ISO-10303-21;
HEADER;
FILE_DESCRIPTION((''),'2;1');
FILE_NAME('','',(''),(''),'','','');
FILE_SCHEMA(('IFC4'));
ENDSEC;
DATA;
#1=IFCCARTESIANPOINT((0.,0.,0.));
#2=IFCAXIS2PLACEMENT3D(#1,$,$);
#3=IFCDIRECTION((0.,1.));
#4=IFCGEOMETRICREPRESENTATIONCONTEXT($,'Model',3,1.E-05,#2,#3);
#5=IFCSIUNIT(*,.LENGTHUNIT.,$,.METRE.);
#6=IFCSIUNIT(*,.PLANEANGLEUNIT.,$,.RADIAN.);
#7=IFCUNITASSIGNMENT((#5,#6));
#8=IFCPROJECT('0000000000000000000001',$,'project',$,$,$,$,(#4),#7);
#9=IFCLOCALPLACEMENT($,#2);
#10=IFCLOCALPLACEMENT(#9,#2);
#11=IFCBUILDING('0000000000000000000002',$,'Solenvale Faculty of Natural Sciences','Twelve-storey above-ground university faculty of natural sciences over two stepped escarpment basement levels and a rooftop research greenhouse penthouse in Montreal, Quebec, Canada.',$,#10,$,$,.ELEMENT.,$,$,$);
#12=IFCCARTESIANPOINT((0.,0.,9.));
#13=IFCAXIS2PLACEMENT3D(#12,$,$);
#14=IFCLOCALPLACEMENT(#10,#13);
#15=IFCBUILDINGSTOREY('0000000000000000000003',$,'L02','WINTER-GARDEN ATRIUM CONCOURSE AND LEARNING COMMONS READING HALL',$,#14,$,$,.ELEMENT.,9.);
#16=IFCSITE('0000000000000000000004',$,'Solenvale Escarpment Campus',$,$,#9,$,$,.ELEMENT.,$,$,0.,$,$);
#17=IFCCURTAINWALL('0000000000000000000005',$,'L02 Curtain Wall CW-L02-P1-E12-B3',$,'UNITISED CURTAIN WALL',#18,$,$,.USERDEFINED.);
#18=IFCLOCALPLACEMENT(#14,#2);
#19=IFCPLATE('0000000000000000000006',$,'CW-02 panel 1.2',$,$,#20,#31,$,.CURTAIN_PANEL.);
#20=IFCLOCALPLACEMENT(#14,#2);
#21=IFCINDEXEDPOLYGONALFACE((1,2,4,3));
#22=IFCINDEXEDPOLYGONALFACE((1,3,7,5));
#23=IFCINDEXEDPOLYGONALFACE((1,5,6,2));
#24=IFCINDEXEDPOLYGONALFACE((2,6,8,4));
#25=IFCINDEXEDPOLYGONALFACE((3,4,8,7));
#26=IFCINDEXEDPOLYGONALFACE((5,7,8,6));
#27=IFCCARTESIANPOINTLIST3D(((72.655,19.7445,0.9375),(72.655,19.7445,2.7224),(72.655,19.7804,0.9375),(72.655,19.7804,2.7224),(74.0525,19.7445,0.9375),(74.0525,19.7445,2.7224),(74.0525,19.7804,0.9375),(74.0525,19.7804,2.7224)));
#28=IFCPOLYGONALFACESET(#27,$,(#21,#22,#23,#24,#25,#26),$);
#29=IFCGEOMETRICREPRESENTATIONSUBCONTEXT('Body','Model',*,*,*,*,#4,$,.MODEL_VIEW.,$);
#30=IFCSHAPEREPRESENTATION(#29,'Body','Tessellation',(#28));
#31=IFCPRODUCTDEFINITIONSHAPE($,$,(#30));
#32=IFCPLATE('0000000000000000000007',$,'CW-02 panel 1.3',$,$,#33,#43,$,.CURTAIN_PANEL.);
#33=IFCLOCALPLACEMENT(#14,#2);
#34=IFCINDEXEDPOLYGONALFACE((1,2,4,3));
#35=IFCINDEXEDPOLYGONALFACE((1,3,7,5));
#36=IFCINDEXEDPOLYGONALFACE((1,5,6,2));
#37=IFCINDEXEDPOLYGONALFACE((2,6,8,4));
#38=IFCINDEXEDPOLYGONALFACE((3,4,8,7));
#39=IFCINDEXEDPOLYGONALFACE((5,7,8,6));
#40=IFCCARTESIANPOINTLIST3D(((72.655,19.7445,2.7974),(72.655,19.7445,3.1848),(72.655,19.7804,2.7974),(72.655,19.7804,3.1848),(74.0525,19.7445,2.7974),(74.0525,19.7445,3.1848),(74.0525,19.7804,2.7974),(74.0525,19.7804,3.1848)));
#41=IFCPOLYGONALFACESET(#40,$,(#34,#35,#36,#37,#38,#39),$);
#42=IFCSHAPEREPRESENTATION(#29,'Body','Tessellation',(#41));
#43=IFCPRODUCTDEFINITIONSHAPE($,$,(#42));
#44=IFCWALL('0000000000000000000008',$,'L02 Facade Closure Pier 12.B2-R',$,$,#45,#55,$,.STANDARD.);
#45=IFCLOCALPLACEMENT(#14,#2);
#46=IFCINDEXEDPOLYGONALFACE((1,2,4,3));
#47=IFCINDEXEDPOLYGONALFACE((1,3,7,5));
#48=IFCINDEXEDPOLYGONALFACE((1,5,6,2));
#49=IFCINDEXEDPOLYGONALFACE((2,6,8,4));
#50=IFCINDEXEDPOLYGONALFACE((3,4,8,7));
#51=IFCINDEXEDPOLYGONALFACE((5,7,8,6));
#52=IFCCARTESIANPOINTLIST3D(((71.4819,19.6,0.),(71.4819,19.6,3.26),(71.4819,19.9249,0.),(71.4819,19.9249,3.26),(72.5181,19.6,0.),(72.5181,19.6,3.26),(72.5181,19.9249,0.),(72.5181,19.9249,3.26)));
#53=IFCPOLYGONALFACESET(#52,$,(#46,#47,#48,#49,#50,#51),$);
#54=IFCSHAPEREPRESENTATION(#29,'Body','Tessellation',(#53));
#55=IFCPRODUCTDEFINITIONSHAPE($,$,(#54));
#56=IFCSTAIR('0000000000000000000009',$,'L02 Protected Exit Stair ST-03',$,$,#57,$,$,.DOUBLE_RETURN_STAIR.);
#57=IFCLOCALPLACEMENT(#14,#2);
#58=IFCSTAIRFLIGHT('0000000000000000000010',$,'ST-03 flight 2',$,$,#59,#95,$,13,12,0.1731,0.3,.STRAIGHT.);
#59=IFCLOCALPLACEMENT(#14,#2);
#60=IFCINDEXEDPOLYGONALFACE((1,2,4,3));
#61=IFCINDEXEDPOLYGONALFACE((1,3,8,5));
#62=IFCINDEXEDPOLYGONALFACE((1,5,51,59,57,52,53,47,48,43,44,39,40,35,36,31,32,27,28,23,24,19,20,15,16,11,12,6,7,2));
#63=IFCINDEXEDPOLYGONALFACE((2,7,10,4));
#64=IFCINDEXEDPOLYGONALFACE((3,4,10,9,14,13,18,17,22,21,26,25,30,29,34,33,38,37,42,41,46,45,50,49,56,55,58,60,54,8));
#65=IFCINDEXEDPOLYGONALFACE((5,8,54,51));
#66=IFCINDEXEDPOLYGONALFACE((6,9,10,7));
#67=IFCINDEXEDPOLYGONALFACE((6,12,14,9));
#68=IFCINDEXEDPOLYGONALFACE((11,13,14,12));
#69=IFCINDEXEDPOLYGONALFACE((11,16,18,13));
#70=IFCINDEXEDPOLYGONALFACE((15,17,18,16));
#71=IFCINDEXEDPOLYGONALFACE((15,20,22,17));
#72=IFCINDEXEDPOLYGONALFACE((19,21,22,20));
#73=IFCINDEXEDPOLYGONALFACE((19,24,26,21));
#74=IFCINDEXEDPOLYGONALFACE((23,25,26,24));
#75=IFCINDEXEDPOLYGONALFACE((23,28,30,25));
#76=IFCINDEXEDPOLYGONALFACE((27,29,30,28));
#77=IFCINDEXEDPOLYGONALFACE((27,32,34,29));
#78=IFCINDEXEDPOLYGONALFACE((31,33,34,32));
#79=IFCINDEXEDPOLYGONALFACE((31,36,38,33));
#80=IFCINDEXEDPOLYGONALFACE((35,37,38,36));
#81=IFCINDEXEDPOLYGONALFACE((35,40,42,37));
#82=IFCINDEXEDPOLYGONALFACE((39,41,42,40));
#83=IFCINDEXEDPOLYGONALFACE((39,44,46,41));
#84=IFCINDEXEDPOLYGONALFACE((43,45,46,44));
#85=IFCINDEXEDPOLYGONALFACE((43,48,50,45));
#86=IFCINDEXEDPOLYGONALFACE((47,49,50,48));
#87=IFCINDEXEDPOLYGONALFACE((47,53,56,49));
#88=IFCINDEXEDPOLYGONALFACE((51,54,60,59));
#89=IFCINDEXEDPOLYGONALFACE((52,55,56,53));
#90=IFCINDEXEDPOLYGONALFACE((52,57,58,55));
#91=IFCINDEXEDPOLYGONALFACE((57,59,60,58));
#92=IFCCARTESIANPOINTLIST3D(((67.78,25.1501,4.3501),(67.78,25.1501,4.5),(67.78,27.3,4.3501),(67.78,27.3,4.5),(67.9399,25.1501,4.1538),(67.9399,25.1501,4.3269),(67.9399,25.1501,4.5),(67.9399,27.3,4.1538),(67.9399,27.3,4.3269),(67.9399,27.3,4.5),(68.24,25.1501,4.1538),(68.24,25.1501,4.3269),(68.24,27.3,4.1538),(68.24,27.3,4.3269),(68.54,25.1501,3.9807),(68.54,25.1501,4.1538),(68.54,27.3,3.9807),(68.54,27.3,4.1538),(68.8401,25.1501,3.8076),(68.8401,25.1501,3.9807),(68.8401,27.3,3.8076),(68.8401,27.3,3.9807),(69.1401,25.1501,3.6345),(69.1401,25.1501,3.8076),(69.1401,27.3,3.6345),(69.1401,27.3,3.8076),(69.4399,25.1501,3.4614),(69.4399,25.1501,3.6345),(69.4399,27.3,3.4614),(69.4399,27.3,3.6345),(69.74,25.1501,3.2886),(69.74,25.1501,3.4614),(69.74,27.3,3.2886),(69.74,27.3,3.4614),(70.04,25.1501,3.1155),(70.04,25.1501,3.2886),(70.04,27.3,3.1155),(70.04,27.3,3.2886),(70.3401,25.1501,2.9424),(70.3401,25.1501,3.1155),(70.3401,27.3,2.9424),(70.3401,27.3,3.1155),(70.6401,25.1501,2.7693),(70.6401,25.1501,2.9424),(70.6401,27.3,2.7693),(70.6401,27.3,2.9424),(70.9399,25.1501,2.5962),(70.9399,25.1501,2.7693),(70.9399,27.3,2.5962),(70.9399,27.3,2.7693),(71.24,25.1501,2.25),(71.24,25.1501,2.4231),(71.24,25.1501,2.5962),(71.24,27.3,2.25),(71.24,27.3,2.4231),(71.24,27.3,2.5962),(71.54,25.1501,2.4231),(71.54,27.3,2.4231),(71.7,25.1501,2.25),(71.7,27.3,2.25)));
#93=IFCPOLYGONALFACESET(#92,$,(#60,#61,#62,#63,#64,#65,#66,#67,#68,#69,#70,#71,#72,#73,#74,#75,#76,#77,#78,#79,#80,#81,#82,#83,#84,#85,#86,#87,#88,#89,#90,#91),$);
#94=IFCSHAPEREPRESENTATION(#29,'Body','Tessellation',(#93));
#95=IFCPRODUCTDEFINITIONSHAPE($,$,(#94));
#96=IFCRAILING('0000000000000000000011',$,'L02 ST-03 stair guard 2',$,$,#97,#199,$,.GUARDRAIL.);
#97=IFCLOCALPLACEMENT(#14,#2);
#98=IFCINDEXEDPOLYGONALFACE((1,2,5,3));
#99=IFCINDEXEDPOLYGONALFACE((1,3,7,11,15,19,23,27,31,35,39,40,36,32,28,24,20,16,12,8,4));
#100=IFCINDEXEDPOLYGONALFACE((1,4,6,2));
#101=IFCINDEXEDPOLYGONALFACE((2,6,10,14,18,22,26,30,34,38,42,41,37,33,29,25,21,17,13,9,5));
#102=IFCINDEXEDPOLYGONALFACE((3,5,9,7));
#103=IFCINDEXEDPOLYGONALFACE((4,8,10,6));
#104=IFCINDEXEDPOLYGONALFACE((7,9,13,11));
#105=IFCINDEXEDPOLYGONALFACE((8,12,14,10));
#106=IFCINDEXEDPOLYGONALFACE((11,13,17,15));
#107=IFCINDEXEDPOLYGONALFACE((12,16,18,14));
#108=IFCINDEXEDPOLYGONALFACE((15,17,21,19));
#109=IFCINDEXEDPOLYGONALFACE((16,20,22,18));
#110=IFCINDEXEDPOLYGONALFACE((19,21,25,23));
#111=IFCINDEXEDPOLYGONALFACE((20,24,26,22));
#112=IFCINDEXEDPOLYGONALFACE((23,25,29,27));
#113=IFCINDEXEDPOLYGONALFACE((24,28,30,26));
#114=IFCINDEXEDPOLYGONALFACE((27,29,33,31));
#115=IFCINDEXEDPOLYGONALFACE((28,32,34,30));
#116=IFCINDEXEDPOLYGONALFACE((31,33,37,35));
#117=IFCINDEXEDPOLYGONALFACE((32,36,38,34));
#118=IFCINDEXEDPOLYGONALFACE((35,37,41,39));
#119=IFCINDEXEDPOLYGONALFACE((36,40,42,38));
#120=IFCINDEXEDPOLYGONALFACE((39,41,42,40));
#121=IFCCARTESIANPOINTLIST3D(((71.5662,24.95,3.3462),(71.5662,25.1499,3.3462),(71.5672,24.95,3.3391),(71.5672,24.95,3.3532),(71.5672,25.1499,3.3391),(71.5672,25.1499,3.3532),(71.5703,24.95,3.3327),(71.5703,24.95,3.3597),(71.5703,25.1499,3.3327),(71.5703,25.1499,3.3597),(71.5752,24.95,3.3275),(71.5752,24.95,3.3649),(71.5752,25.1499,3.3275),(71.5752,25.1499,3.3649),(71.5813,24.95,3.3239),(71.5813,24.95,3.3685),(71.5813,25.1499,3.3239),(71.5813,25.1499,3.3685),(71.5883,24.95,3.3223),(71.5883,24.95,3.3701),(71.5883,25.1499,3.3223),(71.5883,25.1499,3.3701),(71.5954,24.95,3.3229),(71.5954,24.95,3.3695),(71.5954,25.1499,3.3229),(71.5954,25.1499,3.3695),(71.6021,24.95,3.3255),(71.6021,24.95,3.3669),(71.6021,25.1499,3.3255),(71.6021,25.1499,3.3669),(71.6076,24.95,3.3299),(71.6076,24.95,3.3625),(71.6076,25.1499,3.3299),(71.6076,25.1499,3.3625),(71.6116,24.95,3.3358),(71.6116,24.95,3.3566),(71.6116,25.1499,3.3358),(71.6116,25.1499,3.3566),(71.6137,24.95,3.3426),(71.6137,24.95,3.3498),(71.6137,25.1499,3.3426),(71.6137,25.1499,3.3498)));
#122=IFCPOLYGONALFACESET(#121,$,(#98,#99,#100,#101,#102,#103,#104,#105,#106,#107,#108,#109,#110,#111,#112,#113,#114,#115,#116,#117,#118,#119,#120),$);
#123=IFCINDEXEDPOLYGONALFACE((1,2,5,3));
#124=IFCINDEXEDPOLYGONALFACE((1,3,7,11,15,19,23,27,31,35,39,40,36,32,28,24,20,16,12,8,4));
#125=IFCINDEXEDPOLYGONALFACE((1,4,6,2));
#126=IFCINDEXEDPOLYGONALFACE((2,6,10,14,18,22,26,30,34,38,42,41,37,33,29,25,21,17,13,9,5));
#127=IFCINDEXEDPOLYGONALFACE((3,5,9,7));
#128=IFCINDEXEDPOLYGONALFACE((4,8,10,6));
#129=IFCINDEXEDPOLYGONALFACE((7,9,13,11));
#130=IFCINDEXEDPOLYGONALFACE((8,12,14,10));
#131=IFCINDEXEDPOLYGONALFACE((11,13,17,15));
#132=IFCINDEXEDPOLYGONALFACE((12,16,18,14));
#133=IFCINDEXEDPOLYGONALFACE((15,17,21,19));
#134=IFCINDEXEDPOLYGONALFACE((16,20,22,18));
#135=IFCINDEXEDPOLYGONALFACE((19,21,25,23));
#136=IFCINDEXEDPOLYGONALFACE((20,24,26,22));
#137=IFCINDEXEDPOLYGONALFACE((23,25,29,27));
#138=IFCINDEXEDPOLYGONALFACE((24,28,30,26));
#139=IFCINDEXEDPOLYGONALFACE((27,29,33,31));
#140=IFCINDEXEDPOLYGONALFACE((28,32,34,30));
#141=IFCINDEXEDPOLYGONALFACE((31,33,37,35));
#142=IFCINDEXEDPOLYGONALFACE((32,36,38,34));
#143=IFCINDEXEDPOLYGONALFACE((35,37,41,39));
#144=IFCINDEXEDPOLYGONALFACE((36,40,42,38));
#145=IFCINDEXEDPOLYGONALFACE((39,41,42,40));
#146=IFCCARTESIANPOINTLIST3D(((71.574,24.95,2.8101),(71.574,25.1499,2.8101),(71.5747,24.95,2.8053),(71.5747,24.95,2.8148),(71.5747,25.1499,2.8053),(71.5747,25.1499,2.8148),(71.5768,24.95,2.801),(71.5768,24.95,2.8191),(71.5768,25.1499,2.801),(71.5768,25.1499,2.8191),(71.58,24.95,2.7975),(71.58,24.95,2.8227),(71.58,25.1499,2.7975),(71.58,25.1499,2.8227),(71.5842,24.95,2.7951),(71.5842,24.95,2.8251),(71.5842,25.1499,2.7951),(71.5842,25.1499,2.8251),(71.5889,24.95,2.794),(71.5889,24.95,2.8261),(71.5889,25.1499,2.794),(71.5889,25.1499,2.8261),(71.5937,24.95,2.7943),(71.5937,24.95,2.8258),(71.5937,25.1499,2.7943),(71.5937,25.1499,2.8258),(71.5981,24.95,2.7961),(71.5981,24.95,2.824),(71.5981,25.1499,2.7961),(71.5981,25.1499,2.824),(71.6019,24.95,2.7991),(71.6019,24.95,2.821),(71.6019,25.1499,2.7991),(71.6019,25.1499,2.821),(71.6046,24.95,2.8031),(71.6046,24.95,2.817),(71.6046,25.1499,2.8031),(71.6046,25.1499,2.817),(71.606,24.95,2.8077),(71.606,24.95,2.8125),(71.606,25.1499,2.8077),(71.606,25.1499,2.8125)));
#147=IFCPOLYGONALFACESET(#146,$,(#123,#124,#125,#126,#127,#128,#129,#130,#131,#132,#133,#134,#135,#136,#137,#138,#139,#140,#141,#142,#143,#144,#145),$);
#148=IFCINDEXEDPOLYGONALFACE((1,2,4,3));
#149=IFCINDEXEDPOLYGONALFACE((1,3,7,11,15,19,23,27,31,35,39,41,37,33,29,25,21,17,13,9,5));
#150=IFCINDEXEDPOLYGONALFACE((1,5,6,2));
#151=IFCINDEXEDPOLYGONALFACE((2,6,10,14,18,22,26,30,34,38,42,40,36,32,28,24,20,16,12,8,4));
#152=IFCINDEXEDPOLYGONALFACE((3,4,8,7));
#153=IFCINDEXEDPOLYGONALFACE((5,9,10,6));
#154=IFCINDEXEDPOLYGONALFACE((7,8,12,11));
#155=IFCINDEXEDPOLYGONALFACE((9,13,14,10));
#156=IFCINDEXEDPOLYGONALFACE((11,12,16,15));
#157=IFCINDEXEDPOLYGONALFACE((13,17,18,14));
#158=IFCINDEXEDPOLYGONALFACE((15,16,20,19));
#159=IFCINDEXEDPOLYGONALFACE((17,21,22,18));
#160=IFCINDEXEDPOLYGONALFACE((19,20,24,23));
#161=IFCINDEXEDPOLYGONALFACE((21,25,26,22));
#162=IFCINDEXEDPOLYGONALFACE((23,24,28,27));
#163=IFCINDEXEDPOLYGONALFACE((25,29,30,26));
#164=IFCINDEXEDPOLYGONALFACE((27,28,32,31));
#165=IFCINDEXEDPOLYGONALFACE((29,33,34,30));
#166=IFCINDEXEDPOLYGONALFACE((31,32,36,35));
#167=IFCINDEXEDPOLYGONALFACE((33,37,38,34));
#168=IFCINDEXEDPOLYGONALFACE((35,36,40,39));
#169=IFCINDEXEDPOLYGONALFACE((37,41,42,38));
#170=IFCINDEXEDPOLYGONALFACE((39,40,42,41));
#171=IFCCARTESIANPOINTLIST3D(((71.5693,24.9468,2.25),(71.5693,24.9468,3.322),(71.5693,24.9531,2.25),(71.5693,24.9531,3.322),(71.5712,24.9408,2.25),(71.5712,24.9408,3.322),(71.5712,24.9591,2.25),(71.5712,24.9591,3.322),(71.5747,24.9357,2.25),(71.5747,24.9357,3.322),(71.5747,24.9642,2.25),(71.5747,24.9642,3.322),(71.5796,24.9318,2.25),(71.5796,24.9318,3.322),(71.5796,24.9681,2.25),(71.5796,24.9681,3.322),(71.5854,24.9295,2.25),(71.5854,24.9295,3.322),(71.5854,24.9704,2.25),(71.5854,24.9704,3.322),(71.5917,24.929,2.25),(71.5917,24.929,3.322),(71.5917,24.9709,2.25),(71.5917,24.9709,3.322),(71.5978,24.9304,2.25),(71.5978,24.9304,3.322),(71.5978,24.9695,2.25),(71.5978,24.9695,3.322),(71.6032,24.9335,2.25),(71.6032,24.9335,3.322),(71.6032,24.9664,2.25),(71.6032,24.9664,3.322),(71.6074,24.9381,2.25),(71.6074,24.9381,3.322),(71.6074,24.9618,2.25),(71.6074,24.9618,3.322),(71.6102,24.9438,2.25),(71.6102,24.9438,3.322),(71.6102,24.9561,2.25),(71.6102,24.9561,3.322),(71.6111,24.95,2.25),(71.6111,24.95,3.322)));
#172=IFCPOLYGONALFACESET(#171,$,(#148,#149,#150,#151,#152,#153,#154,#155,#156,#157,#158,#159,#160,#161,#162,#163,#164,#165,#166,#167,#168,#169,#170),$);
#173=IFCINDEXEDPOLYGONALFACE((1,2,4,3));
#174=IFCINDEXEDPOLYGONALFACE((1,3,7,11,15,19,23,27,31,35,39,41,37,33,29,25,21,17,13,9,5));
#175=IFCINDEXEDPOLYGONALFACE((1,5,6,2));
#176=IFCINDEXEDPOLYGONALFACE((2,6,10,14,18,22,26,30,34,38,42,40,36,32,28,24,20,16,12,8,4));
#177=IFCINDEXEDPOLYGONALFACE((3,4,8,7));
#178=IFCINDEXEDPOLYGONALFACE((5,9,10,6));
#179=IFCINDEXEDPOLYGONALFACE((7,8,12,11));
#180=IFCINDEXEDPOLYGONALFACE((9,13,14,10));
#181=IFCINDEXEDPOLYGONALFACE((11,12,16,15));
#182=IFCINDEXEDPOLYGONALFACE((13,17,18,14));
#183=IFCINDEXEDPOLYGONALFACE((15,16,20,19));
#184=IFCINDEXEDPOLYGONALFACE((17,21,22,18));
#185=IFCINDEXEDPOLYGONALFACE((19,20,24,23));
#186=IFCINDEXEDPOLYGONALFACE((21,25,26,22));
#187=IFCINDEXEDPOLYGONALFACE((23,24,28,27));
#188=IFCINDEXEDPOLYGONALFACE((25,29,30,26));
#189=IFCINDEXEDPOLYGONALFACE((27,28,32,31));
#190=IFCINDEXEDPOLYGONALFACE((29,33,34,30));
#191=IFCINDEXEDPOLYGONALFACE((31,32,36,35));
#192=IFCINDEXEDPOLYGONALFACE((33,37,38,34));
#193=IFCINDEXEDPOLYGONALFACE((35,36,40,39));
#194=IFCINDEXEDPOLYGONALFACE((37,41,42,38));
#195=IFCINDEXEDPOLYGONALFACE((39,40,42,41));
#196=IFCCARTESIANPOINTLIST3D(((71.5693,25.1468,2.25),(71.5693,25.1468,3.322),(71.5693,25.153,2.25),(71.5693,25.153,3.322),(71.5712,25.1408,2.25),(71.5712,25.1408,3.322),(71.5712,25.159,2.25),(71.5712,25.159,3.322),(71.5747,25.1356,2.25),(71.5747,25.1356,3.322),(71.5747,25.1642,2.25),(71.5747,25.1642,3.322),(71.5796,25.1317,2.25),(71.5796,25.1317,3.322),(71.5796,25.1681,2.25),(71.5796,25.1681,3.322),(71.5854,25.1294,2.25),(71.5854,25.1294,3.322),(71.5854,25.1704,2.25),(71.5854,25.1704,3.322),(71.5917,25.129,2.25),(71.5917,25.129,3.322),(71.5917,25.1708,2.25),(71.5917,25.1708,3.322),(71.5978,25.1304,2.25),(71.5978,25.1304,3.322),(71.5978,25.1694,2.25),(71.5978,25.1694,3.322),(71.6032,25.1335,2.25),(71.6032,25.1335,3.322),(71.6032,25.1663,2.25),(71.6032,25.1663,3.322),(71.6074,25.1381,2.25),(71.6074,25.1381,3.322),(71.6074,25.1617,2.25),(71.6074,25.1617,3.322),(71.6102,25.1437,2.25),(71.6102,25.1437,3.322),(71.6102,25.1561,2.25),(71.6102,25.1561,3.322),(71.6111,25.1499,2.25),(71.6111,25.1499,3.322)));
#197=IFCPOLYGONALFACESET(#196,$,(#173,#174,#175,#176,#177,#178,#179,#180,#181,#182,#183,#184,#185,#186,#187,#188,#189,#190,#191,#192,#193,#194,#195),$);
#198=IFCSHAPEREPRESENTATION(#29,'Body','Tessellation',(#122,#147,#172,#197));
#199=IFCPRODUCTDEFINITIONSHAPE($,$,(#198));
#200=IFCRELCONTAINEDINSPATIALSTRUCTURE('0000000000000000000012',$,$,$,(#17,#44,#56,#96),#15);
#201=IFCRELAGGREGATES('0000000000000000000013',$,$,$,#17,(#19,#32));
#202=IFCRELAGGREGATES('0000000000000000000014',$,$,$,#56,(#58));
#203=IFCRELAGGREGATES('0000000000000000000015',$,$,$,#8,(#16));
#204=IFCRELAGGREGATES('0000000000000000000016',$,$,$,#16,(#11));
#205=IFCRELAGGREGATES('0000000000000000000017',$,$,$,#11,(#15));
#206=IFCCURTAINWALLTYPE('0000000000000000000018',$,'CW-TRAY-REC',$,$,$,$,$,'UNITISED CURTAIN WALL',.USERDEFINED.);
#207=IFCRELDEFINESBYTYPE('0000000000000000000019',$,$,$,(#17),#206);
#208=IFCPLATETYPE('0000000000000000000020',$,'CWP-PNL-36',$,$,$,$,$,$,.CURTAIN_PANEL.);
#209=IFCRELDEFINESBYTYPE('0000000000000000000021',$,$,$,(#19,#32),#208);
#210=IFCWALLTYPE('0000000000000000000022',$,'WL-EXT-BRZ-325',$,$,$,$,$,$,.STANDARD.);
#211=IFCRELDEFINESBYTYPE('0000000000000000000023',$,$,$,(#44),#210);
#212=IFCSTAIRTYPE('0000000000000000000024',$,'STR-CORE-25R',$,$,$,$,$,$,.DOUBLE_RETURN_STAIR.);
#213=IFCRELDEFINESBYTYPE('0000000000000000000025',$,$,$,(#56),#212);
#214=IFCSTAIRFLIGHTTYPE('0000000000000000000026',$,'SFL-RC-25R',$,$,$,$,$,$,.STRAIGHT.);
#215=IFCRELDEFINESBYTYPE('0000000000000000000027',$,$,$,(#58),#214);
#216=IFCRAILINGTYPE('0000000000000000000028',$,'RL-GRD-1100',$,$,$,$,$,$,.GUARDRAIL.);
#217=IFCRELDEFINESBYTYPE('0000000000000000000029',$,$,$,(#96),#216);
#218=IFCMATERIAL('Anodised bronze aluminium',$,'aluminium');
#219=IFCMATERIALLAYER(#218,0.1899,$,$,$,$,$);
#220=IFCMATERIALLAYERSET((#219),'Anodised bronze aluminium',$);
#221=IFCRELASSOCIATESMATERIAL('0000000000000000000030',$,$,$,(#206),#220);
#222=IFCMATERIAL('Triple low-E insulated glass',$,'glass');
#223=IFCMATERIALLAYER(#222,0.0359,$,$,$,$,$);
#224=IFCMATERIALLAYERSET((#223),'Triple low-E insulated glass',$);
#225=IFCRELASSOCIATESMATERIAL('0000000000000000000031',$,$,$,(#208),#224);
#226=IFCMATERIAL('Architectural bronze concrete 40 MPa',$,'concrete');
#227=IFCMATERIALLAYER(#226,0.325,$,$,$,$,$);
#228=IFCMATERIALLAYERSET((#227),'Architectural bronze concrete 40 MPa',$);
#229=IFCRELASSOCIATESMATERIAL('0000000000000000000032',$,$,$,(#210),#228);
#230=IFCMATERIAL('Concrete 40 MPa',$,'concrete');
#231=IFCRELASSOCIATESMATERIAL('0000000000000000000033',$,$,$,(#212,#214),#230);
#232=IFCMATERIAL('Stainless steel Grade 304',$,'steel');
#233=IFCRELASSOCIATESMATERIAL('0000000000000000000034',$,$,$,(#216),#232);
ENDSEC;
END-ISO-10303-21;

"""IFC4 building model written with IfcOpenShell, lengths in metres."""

from ifc_helpers import new_model, si_unit, direction, frame, frame_2d, origin, origin_2d, place, context, subcontext, project, spatial, polyline, rectangle, circle, outline, extrude, material, layer, layer_set, type_object, element, aggregate, save


model = new_model("IFC4")

# Units and contexts
model_context = context("Model", 3, precision=1e-05, world=origin(), true_north=direction((0.0, 1.0)))
body_context = subcontext(model_context, "Body", "Model", "MODEL_VIEW")
ifc_project = project(units=[si_unit("LENGTHUNIT", "METRE"), si_unit("PLANEANGLEUNIT", "RADIAN")], contexts=[model_context])

# Site, building, storey
site_placement = place(None, origin())
site = spatial("IfcSite", under=ifc_project, at=site_placement, Name="Solenvale Escarpment Campus", CompositionType="ELEMENT", RefElevation=0.0)
building_placement = place(site_placement, origin())
building = spatial("IfcBuilding", under=site, at=building_placement, Name="Solenvale Faculty of Natural Sciences", Description="Twelve-storey above-ground university faculty of natural sciences over two stepped escarpment basement levels and a rooftop research greenhouse penthouse in Montreal, Quebec, Canada.", CompositionType="ELEMENT")
storey_placement = place(building_placement, frame((0.0, 0.0, 9.0)))
storey = spatial("IfcBuildingStorey", under=building, at=storey_placement, Name="L02", Description="WINTER-GARDEN ATRIUM CONCOURSE AND LEARNING COMMONS READING HALL", CompositionType="ELEMENT", Elevation=9.0)

# Shared definitions
ifc_material_1 = material(Name="Concrete 40 MPa", Category="concrete")

# Curtain wall
ifc_material_2 = material(Name="Anodised bronze aluminium", Category="aluminium")
ifc_layer_1 = layer(ifc_material_2, 0.1899)
ifc_layer_set_1 = layer_set([ifc_layer_1], Name="Anodised bronze aluminium")
curtain_wall_type = type_object("IfcCurtainWallType", Name="CW-TRAY-REC", ElementType="UNITISED CURTAIN WALL", PredefinedType="USERDEFINED", material=ifc_layer_set_1)
curtain_wall_1_placement = place(storey_placement, origin())
curtain_wall_1 = element("IfcCurtainWall", 1, at=curtain_wall_1_placement, inside=storey, type_object=curtain_wall_type, Name="L02 Curtain Wall CW-L02-P1-E12-B3", ObjectType="UNITISED CURTAIN WALL", PredefinedType="USERDEFINED")

# Plates
ifc_material_3 = material(Name="Triple low-E insulated glass", Category="glass")
ifc_layer_2 = layer(ifc_material_3, 0.0359)
ifc_layer_set_2 = layer_set([ifc_layer_2], Name="Triple low-E insulated glass")
plate_type_1 = type_object("IfcPlateType", Name="CWP-PNL-36", PredefinedType="CURTAIN_PANEL", material=ifc_layer_set_2)
plate_1_placement = place(storey_placement, frame((73.3538, 19.7625, 0.9375), z_axis=(0.0, 0.0, 1.0), x_axis=(1.0, 0.0, 0.0)))
plate_1 = element("IfcPlate", 2, at=plate_1_placement, type_object=plate_type_1, Name="CW-02 panel 1.2", PredefinedType="CURTAIN_PANEL", context=body_context, shape_type="SweptSolid", body=[
    extrude(rectangle(XDim=1.3975, YDim=0.0359, at=origin_2d()), origin(), (0.0, 0.0, 1.0), 1.7849),
])
plate_2_placement = place(storey_placement, frame((73.3538, 19.7625, 2.7974), z_axis=(0.0, 0.0, 1.0), x_axis=(1.0, 0.0, 0.0)))
plate_2 = element("IfcPlate", 3, at=plate_2_placement, type_object=plate_type_1, Name="CW-02 panel 1.3", PredefinedType="CURTAIN_PANEL", context=body_context, shape_type="SweptSolid", body=[
    extrude(rectangle(XDim=1.3975, YDim=0.0359, at=origin_2d()), origin(), (0.0, 0.0, 1.0), 0.3875),
])
aggregate(curtain_wall_1, [plate_1, plate_2])

# Wall
ifc_material_4 = material(Name="Architectural bronze concrete 40 MPa", Category="concrete")
ifc_layer_3 = layer(ifc_material_4, 0.325)
ifc_layer_set_3 = layer_set([ifc_layer_3], Name="Architectural bronze concrete 40 MPa")
wall_type = type_object("IfcWallType", Name="WL-EXT-BRZ-325", PredefinedType="STANDARD", material=ifc_layer_set_3)
wall_placement = place(storey_placement, frame((71.4819, 19.7625, 0.0), z_axis=(0.0, 0.0, 1.0), x_axis=(1.0, 0.0, 0.0)))
element("IfcWall", 4, at=wall_placement, inside=storey, type_object=wall_type, Name="L02 Facade Closure Pier 12.B2-R", PredefinedType="STANDARD", context=body_context, shape_type="SweptSolid", body=[
    extrude(rectangle(XDim=1.0361, YDim=0.325, at=frame_2d((0.5181, 0.0))), origin(), (0.0, 0.0, 1.0), 3.26),
])

# Stair, stair flight
stair_type = type_object("IfcStairType", Name="STR-CORE-25R", PredefinedType="DOUBLE_RETURN_STAIR", material=ifc_material_1)
stair_placement = place(storey_placement, origin())
stair = element("IfcStair", 5, at=stair_placement, inside=storey, type_object=stair_type, Name="L02 Protected Exit Stair ST-03", PredefinedType="DOUBLE_RETURN_STAIR")
stair_flight_type = type_object("IfcStairFlightType", Name="SFL-RC-25R", PredefinedType="STRAIGHT", material=ifc_material_1)
stair_flight_placement = place(storey_placement, frame((71.54, 26.2251, 2.25), z_axis=(0.0, 0.0, 1.0), x_axis=(-1.0, 0.0, 0.0)))
stair_flight = element("IfcStairFlight", 6, at=stair_flight_placement, type_object=stair_flight_type, Name="ST-03 flight 2", NumberOfRisers=13, NumberOfTreads=12, PredefinedType="STRAIGHT", RiserHeight=0.1731, TreadLength=0.3, context=body_context, shape_type="SweptSolid", body=[
    extrude(outline(polyline([(-0.1599, 0.0), (0.0, 0.1731), (0.3, 0.1731), (0.3, 0.3462), (0.6001, 0.3462), (0.6001, 0.5193), (0.8999, 0.5193), (0.8999, 0.6924), (1.2, 0.6924), (1.2, 0.8655), (1.5, 0.8655), (1.5, 1.0386), (1.8, 1.0386), (1.8, 1.2114), (2.1001, 1.2114), (2.1001, 1.3845), (2.3999, 1.3845), (2.3999, 1.5576), (2.7, 1.5576), (2.7, 1.7307), (3.0, 1.7307), (3.0, 1.9038), (3.3, 1.9038), (3.3, 2.0769), (3.6001, 2.0769), (3.6001, 2.25), (3.76, 2.25), (3.76, 2.1001), (3.6001, 1.9038), (0.3, 0.0), (-0.1599, 0.0)])), frame((0.0, 1.075, 0.0), z_axis=(0.0, -1.0, 0.0), x_axis=(1.0, 0.0, 0.0)), (0.0, 0.0, 1.0), 2.1499),
])
aggregate(stair, [stair_flight])

# Railing
ifc_material_5 = material(Name="Stainless steel Grade 304", Category="steel")
railing_type_1 = type_object("IfcRailingType", Name="RL-GRD-1100", PredefinedType="GUARDRAIL", material=ifc_material_5)
railing_1_placement = place(storey_placement, frame((71.5901, 24.95, 2.25)))
element("IfcRailing", 7, at=railing_1_placement, inside=storey, type_object=railing_type_1, Name="L02 ST-03 stair guard 2", PredefinedType="GUARDRAIL", context=body_context, shape_type="SweptSolid", body=[
    extrude(circle(Radius=0.0239, at=origin_2d()), frame((0.0, 0.0, 1.0962), z_axis=(0.0, 1.0, 0.0), x_axis=(-1.0, 0.0, 0.0)), (0.0, 0.0, 1.0), 0.2),
    extrude(circle(Radius=0.0161, at=origin_2d()), frame((0.0, 0.0, 0.5601), z_axis=(0.0, 1.0, 0.0), x_axis=(-1.0, 0.0, 0.0)), (0.0, 0.0, 1.0), 0.2),
    extrude(circle(Radius=0.021, at=origin_2d()), origin(), (0.0, 0.0, 1.0), 1.072),
    extrude(circle(Radius=0.021, at=origin_2d()), frame((0.0, 0.2, 0.0)), (0.0, 0.0, 1.0), 1.072),
])

save(model, "model.ifc")
